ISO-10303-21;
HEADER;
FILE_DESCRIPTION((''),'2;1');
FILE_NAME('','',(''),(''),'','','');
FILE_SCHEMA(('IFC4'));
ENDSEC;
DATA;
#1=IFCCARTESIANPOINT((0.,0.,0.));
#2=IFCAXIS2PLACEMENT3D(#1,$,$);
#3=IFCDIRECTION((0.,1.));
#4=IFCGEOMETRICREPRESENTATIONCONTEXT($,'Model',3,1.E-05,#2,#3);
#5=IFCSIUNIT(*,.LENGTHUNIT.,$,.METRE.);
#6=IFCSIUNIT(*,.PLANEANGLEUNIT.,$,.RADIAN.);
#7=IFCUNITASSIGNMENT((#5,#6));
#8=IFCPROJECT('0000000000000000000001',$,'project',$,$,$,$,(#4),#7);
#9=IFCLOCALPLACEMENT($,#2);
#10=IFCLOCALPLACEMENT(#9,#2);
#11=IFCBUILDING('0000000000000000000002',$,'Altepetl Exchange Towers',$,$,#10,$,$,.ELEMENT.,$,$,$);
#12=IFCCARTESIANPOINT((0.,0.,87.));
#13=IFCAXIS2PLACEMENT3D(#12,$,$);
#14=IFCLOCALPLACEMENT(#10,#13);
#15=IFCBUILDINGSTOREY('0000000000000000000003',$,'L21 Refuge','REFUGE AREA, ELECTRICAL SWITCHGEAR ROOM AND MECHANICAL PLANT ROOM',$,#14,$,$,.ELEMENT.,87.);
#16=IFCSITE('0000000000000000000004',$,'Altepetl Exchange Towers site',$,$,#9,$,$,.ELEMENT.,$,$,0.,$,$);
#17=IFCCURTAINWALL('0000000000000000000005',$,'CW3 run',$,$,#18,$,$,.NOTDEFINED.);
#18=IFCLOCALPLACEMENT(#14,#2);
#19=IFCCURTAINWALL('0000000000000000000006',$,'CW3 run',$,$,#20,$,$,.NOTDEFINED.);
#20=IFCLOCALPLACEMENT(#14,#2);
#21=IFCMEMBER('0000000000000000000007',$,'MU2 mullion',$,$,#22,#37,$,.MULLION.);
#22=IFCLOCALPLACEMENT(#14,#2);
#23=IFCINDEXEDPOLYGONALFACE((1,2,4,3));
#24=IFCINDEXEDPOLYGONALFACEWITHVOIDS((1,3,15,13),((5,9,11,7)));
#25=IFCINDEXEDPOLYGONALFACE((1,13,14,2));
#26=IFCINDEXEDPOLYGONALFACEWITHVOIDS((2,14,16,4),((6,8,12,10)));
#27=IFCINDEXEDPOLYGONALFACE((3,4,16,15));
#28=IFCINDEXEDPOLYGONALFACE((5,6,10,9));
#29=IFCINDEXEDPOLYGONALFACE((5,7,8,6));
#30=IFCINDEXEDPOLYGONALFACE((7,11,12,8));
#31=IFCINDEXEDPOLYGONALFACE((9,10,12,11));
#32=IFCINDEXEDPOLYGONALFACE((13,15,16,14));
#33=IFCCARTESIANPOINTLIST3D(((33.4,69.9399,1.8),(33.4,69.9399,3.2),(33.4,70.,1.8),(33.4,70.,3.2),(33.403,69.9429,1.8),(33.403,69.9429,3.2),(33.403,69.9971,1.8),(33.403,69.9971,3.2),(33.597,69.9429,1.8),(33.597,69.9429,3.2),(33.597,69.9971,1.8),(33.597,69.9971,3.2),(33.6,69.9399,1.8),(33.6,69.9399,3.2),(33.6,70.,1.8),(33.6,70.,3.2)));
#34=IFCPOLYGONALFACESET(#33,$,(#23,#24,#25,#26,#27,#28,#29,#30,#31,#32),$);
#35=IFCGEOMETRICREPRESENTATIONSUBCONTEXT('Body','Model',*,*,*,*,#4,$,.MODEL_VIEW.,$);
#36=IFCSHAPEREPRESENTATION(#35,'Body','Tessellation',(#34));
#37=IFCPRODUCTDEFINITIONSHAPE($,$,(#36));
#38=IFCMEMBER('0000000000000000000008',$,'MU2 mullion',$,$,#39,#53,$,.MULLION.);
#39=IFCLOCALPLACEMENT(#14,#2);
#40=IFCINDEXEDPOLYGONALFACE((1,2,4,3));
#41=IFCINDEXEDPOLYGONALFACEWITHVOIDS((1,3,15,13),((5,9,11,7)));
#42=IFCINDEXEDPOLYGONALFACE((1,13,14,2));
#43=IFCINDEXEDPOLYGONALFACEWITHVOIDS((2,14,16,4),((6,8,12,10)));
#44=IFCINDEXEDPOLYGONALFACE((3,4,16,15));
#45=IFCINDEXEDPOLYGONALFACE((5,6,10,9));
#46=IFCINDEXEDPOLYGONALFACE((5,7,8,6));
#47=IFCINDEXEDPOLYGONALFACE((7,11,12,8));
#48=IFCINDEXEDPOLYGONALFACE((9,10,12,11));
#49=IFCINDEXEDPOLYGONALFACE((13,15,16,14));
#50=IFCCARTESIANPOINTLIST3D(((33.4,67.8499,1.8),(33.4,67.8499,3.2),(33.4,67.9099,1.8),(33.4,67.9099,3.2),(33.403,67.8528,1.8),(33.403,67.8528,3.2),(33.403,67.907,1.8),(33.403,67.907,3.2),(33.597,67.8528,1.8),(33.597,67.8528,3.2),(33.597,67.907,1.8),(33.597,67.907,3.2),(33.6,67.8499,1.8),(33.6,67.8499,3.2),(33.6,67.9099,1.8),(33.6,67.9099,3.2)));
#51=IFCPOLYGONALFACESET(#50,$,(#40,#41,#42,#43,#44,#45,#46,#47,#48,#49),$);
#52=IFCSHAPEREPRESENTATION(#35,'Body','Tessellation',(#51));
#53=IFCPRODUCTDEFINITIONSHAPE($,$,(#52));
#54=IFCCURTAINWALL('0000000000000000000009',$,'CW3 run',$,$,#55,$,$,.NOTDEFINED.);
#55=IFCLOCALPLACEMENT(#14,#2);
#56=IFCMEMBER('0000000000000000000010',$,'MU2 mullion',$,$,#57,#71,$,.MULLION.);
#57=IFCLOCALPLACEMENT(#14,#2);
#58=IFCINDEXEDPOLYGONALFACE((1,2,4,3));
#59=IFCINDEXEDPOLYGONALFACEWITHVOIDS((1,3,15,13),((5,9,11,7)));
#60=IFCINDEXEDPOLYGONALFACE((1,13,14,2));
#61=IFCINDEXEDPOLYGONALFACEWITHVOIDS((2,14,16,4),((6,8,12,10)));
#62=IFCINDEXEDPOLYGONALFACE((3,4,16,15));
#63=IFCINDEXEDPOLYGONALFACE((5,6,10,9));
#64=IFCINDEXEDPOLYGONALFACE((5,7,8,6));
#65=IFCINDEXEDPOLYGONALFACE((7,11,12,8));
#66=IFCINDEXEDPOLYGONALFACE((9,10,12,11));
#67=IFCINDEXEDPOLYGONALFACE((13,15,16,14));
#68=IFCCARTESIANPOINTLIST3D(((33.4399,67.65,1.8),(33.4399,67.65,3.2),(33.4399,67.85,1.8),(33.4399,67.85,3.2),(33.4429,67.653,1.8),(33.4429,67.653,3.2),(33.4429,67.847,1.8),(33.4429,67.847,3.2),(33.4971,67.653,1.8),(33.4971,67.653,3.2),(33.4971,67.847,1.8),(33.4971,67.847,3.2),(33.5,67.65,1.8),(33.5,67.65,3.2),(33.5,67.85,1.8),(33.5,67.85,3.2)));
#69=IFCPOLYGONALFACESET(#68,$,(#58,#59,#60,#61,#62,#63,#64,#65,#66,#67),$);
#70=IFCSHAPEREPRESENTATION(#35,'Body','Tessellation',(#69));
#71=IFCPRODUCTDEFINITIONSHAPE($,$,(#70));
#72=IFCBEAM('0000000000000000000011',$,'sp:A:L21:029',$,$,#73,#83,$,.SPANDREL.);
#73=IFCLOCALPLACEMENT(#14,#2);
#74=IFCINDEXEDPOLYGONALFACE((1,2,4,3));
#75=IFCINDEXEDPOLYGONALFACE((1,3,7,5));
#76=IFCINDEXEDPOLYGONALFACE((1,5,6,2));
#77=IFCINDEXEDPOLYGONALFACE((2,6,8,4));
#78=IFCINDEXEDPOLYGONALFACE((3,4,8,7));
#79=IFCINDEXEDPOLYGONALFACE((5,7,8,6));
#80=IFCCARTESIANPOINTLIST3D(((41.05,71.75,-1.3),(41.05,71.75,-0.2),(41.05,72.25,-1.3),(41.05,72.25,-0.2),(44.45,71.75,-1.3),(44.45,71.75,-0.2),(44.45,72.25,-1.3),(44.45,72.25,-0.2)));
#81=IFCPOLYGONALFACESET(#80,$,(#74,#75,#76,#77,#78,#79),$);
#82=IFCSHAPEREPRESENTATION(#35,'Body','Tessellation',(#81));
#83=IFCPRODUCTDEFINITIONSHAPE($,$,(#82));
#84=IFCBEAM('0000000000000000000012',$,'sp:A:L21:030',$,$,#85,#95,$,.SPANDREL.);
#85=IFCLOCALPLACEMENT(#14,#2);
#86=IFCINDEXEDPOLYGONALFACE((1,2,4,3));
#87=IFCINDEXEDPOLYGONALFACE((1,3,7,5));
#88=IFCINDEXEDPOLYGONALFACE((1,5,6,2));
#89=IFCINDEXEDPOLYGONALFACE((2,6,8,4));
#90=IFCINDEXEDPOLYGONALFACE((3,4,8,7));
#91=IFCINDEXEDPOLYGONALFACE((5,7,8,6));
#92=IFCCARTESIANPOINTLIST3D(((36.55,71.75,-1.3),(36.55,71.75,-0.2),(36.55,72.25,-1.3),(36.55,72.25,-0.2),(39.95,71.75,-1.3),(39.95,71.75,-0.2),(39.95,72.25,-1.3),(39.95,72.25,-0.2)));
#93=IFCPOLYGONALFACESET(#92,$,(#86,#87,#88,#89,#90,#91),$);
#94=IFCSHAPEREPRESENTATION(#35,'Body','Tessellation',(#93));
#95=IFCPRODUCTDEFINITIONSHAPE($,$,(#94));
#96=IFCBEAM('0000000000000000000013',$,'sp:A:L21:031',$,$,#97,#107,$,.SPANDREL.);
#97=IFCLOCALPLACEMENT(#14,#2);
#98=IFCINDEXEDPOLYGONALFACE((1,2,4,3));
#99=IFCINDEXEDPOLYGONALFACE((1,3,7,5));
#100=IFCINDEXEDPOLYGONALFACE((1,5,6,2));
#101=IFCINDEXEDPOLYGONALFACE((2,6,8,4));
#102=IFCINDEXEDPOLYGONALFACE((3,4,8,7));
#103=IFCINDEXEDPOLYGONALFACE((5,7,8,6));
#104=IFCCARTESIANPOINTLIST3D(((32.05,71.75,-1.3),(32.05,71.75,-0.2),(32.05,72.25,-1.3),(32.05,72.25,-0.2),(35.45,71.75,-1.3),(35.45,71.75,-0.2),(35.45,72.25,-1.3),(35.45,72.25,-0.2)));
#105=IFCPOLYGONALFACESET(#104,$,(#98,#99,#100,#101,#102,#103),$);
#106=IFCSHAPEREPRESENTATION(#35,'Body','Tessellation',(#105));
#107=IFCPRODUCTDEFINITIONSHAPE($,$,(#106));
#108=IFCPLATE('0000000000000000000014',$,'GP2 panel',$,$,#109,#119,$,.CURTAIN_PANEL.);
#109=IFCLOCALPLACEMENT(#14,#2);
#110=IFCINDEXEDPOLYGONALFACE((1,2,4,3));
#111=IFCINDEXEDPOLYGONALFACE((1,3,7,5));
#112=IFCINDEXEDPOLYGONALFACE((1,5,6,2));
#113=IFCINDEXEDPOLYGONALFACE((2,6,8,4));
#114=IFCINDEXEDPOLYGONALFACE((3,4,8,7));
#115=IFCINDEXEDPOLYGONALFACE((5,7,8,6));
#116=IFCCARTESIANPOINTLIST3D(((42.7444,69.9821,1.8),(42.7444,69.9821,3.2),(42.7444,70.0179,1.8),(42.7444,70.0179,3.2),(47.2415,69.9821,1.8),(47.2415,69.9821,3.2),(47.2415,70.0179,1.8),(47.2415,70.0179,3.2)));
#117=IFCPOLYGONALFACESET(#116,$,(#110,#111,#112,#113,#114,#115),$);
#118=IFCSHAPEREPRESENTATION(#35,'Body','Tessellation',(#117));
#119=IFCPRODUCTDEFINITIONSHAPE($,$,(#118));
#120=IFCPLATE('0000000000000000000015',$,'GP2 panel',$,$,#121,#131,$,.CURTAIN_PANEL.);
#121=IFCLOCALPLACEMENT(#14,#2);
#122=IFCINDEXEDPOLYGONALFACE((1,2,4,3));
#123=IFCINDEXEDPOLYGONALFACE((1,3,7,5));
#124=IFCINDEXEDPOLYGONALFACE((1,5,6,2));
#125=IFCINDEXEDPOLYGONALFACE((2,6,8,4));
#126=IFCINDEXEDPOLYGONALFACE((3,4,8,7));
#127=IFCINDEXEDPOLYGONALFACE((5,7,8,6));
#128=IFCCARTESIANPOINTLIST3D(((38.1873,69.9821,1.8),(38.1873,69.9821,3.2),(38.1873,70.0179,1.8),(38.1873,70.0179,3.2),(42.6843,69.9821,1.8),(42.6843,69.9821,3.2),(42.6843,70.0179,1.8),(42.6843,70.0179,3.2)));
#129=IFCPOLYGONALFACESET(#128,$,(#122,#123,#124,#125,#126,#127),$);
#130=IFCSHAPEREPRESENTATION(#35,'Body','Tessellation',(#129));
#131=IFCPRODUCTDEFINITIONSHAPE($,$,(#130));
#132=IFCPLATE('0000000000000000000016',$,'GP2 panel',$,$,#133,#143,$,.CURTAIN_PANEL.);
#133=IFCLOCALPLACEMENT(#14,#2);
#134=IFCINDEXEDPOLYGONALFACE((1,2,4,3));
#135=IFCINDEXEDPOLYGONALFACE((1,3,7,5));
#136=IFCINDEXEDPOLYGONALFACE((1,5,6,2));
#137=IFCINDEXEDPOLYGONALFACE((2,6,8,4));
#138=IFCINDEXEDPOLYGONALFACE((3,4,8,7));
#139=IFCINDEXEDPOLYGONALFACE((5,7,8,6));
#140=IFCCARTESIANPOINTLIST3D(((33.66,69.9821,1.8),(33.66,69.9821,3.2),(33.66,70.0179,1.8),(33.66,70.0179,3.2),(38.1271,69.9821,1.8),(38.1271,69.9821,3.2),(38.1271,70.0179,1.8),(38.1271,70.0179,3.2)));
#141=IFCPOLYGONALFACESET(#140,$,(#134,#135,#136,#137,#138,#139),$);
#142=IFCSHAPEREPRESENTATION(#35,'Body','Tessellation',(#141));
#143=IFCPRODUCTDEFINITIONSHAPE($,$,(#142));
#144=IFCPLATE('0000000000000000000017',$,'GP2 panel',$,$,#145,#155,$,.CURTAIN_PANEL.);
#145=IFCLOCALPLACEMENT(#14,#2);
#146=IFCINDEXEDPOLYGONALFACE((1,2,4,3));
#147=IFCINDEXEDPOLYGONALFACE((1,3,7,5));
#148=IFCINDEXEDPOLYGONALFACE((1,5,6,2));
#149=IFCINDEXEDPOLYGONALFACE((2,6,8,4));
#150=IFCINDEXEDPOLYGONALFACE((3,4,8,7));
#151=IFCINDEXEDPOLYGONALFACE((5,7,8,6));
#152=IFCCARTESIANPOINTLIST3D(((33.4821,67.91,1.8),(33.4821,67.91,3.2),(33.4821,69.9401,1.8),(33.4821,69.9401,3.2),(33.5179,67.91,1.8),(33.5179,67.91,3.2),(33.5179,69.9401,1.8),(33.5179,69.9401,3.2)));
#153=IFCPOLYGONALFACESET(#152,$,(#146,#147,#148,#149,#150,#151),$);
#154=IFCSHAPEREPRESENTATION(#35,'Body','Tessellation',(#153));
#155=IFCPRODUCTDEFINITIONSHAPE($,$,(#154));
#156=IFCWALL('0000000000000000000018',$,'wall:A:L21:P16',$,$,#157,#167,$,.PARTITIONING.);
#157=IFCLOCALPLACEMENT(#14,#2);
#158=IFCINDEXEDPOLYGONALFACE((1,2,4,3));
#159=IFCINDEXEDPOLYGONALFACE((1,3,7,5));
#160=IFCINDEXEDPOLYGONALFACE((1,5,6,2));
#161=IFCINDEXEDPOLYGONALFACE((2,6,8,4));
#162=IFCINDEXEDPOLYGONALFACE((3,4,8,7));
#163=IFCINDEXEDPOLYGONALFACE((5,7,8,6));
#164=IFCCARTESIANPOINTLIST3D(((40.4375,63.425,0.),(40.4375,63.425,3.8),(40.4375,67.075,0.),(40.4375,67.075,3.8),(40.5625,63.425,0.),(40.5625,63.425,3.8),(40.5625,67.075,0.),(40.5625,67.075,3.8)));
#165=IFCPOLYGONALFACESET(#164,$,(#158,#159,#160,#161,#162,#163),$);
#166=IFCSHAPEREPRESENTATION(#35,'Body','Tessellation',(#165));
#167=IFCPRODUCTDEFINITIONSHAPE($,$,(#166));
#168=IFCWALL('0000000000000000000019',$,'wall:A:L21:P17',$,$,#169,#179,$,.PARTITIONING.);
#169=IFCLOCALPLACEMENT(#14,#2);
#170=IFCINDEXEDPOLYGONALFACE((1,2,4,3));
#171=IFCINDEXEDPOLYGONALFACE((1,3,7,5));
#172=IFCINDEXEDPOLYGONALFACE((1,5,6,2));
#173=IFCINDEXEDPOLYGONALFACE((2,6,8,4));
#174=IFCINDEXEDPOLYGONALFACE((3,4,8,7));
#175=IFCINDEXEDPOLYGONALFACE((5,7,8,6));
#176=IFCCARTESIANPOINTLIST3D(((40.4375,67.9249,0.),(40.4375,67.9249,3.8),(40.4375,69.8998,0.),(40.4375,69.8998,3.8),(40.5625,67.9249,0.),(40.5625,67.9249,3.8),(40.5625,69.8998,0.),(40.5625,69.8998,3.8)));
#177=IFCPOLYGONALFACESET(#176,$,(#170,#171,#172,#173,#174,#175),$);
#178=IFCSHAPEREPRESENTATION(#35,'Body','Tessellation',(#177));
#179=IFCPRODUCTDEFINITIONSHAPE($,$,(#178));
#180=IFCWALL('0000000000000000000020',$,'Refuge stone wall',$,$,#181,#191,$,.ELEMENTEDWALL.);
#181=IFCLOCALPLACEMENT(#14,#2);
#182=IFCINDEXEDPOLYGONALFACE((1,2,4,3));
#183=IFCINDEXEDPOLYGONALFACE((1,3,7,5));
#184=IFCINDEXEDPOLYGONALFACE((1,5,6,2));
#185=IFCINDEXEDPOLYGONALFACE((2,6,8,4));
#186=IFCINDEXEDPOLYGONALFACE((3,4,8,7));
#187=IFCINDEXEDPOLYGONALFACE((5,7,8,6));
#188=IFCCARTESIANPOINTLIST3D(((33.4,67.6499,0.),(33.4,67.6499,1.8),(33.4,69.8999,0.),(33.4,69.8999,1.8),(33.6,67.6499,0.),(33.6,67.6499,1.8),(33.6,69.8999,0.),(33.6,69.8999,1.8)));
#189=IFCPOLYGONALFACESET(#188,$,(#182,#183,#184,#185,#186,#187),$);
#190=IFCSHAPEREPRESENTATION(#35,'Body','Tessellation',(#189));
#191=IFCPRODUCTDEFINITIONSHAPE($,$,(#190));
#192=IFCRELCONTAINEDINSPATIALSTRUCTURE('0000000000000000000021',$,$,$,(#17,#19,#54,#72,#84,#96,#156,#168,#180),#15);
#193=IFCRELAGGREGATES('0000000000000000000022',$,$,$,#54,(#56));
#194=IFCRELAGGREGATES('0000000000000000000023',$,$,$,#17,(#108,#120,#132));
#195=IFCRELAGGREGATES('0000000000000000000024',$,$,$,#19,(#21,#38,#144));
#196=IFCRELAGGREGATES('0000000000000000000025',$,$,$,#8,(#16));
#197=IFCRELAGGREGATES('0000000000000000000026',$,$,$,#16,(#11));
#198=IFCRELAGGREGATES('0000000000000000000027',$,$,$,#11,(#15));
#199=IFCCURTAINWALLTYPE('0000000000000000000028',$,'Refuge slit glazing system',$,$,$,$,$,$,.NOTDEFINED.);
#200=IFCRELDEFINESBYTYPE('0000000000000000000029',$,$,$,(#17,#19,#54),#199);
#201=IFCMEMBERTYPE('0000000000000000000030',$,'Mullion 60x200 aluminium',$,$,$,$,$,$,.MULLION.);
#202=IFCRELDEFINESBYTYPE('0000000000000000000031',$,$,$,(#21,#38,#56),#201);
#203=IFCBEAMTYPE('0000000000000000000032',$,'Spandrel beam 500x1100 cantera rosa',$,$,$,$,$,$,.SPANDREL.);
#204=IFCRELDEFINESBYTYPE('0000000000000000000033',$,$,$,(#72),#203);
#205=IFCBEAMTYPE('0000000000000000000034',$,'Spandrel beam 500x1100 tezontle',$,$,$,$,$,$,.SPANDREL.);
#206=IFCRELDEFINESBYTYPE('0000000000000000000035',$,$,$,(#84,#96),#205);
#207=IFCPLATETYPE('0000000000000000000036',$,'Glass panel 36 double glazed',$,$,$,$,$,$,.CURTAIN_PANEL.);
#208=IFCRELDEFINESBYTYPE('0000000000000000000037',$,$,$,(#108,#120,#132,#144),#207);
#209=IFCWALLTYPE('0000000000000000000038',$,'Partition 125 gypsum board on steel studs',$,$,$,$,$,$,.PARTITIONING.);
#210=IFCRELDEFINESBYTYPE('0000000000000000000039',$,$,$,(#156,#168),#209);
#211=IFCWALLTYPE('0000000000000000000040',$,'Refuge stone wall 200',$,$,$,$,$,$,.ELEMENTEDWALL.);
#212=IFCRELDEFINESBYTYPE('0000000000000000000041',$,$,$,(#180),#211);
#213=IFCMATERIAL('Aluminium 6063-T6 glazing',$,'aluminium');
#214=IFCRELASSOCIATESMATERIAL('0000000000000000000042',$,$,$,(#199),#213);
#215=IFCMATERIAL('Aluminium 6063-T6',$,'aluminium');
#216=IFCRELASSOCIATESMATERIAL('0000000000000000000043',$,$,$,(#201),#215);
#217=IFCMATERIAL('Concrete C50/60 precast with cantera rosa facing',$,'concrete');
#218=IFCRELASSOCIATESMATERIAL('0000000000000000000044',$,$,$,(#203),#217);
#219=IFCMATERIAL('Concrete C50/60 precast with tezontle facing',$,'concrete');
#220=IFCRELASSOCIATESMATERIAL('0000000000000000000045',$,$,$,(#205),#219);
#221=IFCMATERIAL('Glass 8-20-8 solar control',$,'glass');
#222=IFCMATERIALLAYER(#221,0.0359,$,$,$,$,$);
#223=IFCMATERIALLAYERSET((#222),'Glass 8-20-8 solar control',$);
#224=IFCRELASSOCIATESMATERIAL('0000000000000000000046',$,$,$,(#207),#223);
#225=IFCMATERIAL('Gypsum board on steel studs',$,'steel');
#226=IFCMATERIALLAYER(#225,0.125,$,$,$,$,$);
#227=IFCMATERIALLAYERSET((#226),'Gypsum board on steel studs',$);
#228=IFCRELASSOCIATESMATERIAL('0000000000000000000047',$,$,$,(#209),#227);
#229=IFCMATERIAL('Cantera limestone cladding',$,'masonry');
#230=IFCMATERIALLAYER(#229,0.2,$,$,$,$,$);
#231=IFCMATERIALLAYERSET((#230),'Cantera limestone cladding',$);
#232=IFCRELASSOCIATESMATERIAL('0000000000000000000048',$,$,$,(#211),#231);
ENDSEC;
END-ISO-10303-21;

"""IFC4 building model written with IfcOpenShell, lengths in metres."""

from ifc_helpers import new_model, si_unit, direction, frame, frame_2d, origin, origin_2d, place, context, subcontext, project, spatial, rectangle, hollow_rectangle, extrude, material, layer, layer_set, material_profile, profile_set, type_object, element, aggregate, save


model = new_model("IFC4")

# Units and contexts
model_context = context("Model", 3, precision=1e-05, world=origin(), true_north=direction((0.0, 1.0)))
body_context = subcontext(model_context, "Body", "Model", "MODEL_VIEW")
ifc_project = project(units=[si_unit("LENGTHUNIT", "METRE"), si_unit("PLANEANGLEUNIT", "RADIAN")], contexts=[model_context])

# Site, building, storey
site_placement = place(None, origin())
site = spatial("IfcSite", under=ifc_project, at=site_placement, Name="Altepetl Exchange Towers site", CompositionType="ELEMENT", RefElevation=0.0)
building_placement = place(site_placement, origin())
building = spatial("IfcBuilding", under=site, at=building_placement, Name="Altepetl Exchange Towers", CompositionType="ELEMENT")
storey_placement = place(building_placement, frame((0.0, 0.0, 87.0)))
storey = spatial("IfcBuildingStorey", under=building, at=storey_placement, Name="L21 Refuge", Description="REFUGE AREA, ELECTRICAL SWITCHGEAR ROOM AND MECHANICAL PLANT ROOM", CompositionType="ELEMENT", Elevation=87.0)

# Curtain walls, members
ifc_material_1 = material(Name="Aluminium 6063-T6 glazing", Category="aluminium")
curtain_wall_type = type_object("IfcCurtainWallType", Name="Refuge slit glazing system", PredefinedType="NOTDEFINED", material=ifc_material_1)
curtain_wall_1_placement = place(storey_placement, origin())
curtain_wall_1 = element("IfcCurtainWall", 1, at=curtain_wall_1_placement, inside=storey, type_object=curtain_wall_type, Name="CW3 run", PredefinedType="NOTDEFINED")
ifc_material_2 = material(Name="Aluminium 6063-T6", Category="aluminium")
ifc_material_profile_1 = material_profile(ifc_material_2, hollow_rectangle(XDim=0.0601, YDim=0.2, WallThickness=0.0029, at=origin_2d()), Name="Mullion 60x200 aluminium")
ifc_profile_set_1 = profile_set([ifc_material_profile_1], Name="Aluminium 6063-T6")
member_type_1 = type_object("IfcMemberType", Name="Mullion 60x200 aluminium", PredefinedType="MULLION", material=ifc_profile_set_1)
curtain_wall_2_placement = place(storey_placement, origin())
curtain_wall_2 = element("IfcCurtainWall", 2, at=curtain_wall_2_placement, inside=storey, type_object=curtain_wall_type, Name="CW3 run", PredefinedType="NOTDEFINED")
member_1_placement = place(storey_placement, frame((33.5, 69.97, 1.8), z_axis=(0.0, 0.0, 1.0), x_axis=(0.0, -1.0, 0.0)))
member_1 = element("IfcMember", 3, at=member_1_placement, type_object=member_type_1, Name="MU2 mullion", PredefinedType="MULLION", context=body_context, shape_type="SweptSolid", body=[
    extrude(hollow_rectangle(XDim=0.0601, YDim=0.2, WallThickness=0.0029, at=origin_2d()), origin(), (0.0, 0.0, 1.0), 1.3999),
])
member_2_placement = place(storey_placement, frame((33.5, 67.8799, 1.8), z_axis=(0.0, 0.0, 1.0), x_axis=(0.0, -1.0, 0.0)))
member_2 = element("IfcMember", 4, at=member_2_placement, type_object=member_type_1, Name="MU2 mullion", PredefinedType="MULLION", context=body_context, shape_type="SweptSolid", body=[
    extrude(hollow_rectangle(XDim=0.0601, YDim=0.2, WallThickness=0.0029, at=origin_2d()), origin(), (0.0, 0.0, 1.0), 1.3999),
])

# Curtain wall, member
curtain_wall_3_placement = place(storey_placement, origin())
curtain_wall_3 = element("IfcCurtainWall", 5, at=curtain_wall_3_placement, inside=storey, type_object=curtain_wall_type, Name="CW3 run", PredefinedType="NOTDEFINED")
member_3_placement = place(storey_placement, frame((33.47, 67.75, 1.8), z_axis=(0.0, 0.0, 1.0), x_axis=(-1.0, 0.0, 0.0)))
member_3 = element("IfcMember", 6, at=member_3_placement, type_object=member_type_1, Name="MU2 mullion", PredefinedType="MULLION", context=body_context, shape_type="SweptSolid", body=[
    extrude(hollow_rectangle(XDim=0.0601, YDim=0.2, WallThickness=0.0029, at=origin_2d()), origin(), (0.0, 0.0, 1.0), 1.3999),
])
aggregate(curtain_wall_3, [member_3])

# Beams
ifc_material_3 = material(Name="Concrete C50/60 precast with cantera rosa facing", Category="concrete")
ifc_material_profile_2 = material_profile(ifc_material_3, rectangle(XDim=0.5, YDim=1.1001, at=origin_2d()), Name="500 x 1100")
ifc_profile_set_2 = profile_set([ifc_material_profile_2], Name="Concrete C50/60 precast with cantera rosa facing")
beam_type_1 = type_object("IfcBeamType", Name="Spandrel beam 500x1100 cantera rosa", PredefinedType="SPANDREL", material=ifc_profile_set_2)
beam_1_placement = place(storey_placement, frame((44.45, 72.0, -0.75), z_axis=(-1.0, 0.0, 0.0), x_axis=(0.0, -1.0, 0.0)))
element("IfcBeam", 7, at=beam_1_placement, inside=storey, type_object=beam_type_1, Name="sp:A:L21:029", PredefinedType="SPANDREL", context=body_context, shape_type="SweptSolid", body=[
    extrude(rectangle(XDim=0.5, YDim=1.1001, at=origin_2d()), origin(), (0.0, 0.0, 1.0), 3.3999),
])
ifc_material_4 = material(Name="Concrete C50/60 precast with tezontle facing", Category="concrete")
ifc_material_profile_3 = material_profile(ifc_material_4, rectangle(XDim=0.5, YDim=1.1001, at=origin_2d()), Name="500 x 1100")
ifc_profile_set_3 = profile_set([ifc_material_profile_3], Name="Concrete C50/60 precast with tezontle facing")
beam_type_2 = type_object("IfcBeamType", Name="Spandrel beam 500x1100 tezontle", PredefinedType="SPANDREL", material=ifc_profile_set_3)
for number, where, z_axis, x_axis, name in (
    (8, (39.95, 72.0, -0.75), (-1.0, 0.0, 0.0), (0.0, -1.0, 0.0), "sp:A:L21:030"),
    (9, (35.45, 72.0, -0.75), (-1.0, 0.0, 0.0), (0.0, -1.0, 0.0), "sp:A:L21:031"),
):
    element("IfcBeam", number, at=place(storey_placement, frame(where, z_axis=z_axis, x_axis=x_axis)), inside=storey, type_object=beam_type_2, Name=name, PredefinedType="SPANDREL", context=body_context, shape_type="SweptSolid", body=[
        extrude(rectangle(XDim=0.5, YDim=1.1001, at=origin_2d()), origin(), (0.0, 0.0, 1.0), 3.3999),
    ])

# Plates
ifc_material_5 = material(Name="Glass 8-20-8 solar control", Category="glass")
ifc_layer_1 = layer(ifc_material_5, 0.0359)
ifc_layer_set_1 = layer_set([ifc_layer_1], Name="Glass 8-20-8 solar control")
plate_type = type_object("IfcPlateType", Name="Glass panel 36 double glazed", PredefinedType="CURTAIN_PANEL", material=ifc_layer_set_1)
plate_1_placement = place(storey_placement, frame((44.9929, 70.0, 1.8), z_axis=(0.0, 0.0, 1.0), x_axis=(-1.0, 0.0, 0.0)))
plate_1 = element("IfcPlate", 10, at=plate_1_placement, type_object=plate_type, Name="GP2 panel", PredefinedType="CURTAIN_PANEL", context=body_context, shape_type="SweptSolid", body=[
    extrude(rectangle(XDim=4.4971, YDim=0.0359, at=origin_2d()), origin(), (0.0, 0.0, 1.0), 1.3999),
])
plate_2_placement = place(storey_placement, frame((40.4358, 70.0, 1.8), z_axis=(0.0, 0.0, 1.0), x_axis=(-1.0, 0.0, 0.0)))
plate_2 = element("IfcPlate", 11, at=plate_2_placement, type_object=plate_type, Name="GP2 panel", PredefinedType="CURTAIN_PANEL", context=body_context, shape_type="SweptSolid", body=[
    extrude(rectangle(XDim=4.4971, YDim=0.0359, at=origin_2d()), origin(), (0.0, 0.0, 1.0), 1.3999),
])
plate_3_placement = place(storey_placement, frame((35.8936, 70.0, 1.8), z_axis=(0.0, 0.0, 1.0), x_axis=(-1.0, 0.0, 0.0)))
plate_3 = element("IfcPlate", 12, at=plate_3_placement, type_object=plate_type, Name="GP2 panel", PredefinedType="CURTAIN_PANEL", context=body_context, shape_type="SweptSolid", body=[
    extrude(rectangle(XDim=4.467, YDim=0.0359, at=origin_2d()), origin(), (0.0, 0.0, 1.0), 1.3999),
])
aggregate(curtain_wall_1, [plate_1, plate_2, plate_3])
plate_4_placement = place(storey_placement, frame((33.5, 68.925, 1.8), z_axis=(0.0, 0.0, 1.0), x_axis=(0.0, -1.0, 0.0)))
plate_4 = element("IfcPlate", 13, at=plate_4_placement, type_object=plate_type, Name="GP2 panel", PredefinedType="CURTAIN_PANEL", context=body_context, shape_type="SweptSolid", body=[
    extrude(rectangle(XDim=2.03, YDim=0.0359, at=origin_2d()), origin(), (0.0, 0.0, 1.0), 1.3999),
])
aggregate(curtain_wall_2, [member_1, member_2, plate_4])

# Walls
ifc_material_6 = material(Name="Gypsum board on steel studs", Category="steel")
ifc_layer_2 = layer(ifc_material_6, 0.125)
ifc_layer_set_2 = layer_set([ifc_layer_2], Name="Gypsum board on steel studs")
wall_type_1 = type_object("IfcWallType", Name="Partition 125 gypsum board on steel studs", PredefinedType="PARTITIONING", material=ifc_layer_set_2)
wall_1_placement = place(storey_placement, frame((40.5, 63.425, 0.0), z_axis=(0.0, 0.0, 1.0), x_axis=(0.0, 1.0, 0.0)))
element("IfcWall", 14, at=wall_1_placement, inside=storey, type_object=wall_type_1, Name="wall:A:L21:P16", PredefinedType="PARTITIONING", context=body_context, shape_type="SweptSolid", body=[
    extrude(rectangle(XDim=3.6499, YDim=0.125, at=frame_2d((1.825, 0.0))), origin(), (0.0, 0.0, 1.0), 3.8),
])
wall_2_placement = place(storey_placement, frame((40.5, 67.925, 0.0), z_axis=(0.0, 0.0, 1.0), x_axis=(0.0, 1.0, 0.0)))
element("IfcWall", 15, at=wall_2_placement, inside=storey, type_object=wall_type_1, Name="wall:A:L21:P17", PredefinedType="PARTITIONING", context=body_context, shape_type="SweptSolid", body=[
    extrude(rectangle(XDim=1.9749, YDim=0.125, at=frame_2d((0.9873, 0.0))), origin(), (0.0, 0.0, 1.0), 3.8),
])
ifc_material_7 = material(Name="Cantera limestone cladding", Category="masonry")
ifc_layer_3 = layer(ifc_material_7, 0.2)
ifc_layer_set_3 = layer_set([ifc_layer_3], Name="Cantera limestone cladding")
wall_type_2 = type_object("IfcWallType", Name="Refuge stone wall 200", PredefinedType="ELEMENTEDWALL", material=ifc_layer_set_3)
for number, where, z_axis, x_axis, name in (
    (16, (33.5, 69.8999, 0.0), (0.0, 0.0, 1.0), (0.0, -1.0, 0.0), "Refuge stone wall"),
):
    element("IfcWall", number, at=place(storey_placement, frame(where, z_axis=z_axis, x_axis=x_axis)), inside=storey, type_object=wall_type_2, Name=name, PredefinedType="ELEMENTEDWALL", context=body_context, shape_type="SweptSolid", body=[
        extrude(rectangle(XDim=2.25, YDim=0.2, at=frame_2d((1.125, 0.0))), origin(), (0.0, 0.0, 1.0), 1.8),
    ])

save(model, "model.ifc")
